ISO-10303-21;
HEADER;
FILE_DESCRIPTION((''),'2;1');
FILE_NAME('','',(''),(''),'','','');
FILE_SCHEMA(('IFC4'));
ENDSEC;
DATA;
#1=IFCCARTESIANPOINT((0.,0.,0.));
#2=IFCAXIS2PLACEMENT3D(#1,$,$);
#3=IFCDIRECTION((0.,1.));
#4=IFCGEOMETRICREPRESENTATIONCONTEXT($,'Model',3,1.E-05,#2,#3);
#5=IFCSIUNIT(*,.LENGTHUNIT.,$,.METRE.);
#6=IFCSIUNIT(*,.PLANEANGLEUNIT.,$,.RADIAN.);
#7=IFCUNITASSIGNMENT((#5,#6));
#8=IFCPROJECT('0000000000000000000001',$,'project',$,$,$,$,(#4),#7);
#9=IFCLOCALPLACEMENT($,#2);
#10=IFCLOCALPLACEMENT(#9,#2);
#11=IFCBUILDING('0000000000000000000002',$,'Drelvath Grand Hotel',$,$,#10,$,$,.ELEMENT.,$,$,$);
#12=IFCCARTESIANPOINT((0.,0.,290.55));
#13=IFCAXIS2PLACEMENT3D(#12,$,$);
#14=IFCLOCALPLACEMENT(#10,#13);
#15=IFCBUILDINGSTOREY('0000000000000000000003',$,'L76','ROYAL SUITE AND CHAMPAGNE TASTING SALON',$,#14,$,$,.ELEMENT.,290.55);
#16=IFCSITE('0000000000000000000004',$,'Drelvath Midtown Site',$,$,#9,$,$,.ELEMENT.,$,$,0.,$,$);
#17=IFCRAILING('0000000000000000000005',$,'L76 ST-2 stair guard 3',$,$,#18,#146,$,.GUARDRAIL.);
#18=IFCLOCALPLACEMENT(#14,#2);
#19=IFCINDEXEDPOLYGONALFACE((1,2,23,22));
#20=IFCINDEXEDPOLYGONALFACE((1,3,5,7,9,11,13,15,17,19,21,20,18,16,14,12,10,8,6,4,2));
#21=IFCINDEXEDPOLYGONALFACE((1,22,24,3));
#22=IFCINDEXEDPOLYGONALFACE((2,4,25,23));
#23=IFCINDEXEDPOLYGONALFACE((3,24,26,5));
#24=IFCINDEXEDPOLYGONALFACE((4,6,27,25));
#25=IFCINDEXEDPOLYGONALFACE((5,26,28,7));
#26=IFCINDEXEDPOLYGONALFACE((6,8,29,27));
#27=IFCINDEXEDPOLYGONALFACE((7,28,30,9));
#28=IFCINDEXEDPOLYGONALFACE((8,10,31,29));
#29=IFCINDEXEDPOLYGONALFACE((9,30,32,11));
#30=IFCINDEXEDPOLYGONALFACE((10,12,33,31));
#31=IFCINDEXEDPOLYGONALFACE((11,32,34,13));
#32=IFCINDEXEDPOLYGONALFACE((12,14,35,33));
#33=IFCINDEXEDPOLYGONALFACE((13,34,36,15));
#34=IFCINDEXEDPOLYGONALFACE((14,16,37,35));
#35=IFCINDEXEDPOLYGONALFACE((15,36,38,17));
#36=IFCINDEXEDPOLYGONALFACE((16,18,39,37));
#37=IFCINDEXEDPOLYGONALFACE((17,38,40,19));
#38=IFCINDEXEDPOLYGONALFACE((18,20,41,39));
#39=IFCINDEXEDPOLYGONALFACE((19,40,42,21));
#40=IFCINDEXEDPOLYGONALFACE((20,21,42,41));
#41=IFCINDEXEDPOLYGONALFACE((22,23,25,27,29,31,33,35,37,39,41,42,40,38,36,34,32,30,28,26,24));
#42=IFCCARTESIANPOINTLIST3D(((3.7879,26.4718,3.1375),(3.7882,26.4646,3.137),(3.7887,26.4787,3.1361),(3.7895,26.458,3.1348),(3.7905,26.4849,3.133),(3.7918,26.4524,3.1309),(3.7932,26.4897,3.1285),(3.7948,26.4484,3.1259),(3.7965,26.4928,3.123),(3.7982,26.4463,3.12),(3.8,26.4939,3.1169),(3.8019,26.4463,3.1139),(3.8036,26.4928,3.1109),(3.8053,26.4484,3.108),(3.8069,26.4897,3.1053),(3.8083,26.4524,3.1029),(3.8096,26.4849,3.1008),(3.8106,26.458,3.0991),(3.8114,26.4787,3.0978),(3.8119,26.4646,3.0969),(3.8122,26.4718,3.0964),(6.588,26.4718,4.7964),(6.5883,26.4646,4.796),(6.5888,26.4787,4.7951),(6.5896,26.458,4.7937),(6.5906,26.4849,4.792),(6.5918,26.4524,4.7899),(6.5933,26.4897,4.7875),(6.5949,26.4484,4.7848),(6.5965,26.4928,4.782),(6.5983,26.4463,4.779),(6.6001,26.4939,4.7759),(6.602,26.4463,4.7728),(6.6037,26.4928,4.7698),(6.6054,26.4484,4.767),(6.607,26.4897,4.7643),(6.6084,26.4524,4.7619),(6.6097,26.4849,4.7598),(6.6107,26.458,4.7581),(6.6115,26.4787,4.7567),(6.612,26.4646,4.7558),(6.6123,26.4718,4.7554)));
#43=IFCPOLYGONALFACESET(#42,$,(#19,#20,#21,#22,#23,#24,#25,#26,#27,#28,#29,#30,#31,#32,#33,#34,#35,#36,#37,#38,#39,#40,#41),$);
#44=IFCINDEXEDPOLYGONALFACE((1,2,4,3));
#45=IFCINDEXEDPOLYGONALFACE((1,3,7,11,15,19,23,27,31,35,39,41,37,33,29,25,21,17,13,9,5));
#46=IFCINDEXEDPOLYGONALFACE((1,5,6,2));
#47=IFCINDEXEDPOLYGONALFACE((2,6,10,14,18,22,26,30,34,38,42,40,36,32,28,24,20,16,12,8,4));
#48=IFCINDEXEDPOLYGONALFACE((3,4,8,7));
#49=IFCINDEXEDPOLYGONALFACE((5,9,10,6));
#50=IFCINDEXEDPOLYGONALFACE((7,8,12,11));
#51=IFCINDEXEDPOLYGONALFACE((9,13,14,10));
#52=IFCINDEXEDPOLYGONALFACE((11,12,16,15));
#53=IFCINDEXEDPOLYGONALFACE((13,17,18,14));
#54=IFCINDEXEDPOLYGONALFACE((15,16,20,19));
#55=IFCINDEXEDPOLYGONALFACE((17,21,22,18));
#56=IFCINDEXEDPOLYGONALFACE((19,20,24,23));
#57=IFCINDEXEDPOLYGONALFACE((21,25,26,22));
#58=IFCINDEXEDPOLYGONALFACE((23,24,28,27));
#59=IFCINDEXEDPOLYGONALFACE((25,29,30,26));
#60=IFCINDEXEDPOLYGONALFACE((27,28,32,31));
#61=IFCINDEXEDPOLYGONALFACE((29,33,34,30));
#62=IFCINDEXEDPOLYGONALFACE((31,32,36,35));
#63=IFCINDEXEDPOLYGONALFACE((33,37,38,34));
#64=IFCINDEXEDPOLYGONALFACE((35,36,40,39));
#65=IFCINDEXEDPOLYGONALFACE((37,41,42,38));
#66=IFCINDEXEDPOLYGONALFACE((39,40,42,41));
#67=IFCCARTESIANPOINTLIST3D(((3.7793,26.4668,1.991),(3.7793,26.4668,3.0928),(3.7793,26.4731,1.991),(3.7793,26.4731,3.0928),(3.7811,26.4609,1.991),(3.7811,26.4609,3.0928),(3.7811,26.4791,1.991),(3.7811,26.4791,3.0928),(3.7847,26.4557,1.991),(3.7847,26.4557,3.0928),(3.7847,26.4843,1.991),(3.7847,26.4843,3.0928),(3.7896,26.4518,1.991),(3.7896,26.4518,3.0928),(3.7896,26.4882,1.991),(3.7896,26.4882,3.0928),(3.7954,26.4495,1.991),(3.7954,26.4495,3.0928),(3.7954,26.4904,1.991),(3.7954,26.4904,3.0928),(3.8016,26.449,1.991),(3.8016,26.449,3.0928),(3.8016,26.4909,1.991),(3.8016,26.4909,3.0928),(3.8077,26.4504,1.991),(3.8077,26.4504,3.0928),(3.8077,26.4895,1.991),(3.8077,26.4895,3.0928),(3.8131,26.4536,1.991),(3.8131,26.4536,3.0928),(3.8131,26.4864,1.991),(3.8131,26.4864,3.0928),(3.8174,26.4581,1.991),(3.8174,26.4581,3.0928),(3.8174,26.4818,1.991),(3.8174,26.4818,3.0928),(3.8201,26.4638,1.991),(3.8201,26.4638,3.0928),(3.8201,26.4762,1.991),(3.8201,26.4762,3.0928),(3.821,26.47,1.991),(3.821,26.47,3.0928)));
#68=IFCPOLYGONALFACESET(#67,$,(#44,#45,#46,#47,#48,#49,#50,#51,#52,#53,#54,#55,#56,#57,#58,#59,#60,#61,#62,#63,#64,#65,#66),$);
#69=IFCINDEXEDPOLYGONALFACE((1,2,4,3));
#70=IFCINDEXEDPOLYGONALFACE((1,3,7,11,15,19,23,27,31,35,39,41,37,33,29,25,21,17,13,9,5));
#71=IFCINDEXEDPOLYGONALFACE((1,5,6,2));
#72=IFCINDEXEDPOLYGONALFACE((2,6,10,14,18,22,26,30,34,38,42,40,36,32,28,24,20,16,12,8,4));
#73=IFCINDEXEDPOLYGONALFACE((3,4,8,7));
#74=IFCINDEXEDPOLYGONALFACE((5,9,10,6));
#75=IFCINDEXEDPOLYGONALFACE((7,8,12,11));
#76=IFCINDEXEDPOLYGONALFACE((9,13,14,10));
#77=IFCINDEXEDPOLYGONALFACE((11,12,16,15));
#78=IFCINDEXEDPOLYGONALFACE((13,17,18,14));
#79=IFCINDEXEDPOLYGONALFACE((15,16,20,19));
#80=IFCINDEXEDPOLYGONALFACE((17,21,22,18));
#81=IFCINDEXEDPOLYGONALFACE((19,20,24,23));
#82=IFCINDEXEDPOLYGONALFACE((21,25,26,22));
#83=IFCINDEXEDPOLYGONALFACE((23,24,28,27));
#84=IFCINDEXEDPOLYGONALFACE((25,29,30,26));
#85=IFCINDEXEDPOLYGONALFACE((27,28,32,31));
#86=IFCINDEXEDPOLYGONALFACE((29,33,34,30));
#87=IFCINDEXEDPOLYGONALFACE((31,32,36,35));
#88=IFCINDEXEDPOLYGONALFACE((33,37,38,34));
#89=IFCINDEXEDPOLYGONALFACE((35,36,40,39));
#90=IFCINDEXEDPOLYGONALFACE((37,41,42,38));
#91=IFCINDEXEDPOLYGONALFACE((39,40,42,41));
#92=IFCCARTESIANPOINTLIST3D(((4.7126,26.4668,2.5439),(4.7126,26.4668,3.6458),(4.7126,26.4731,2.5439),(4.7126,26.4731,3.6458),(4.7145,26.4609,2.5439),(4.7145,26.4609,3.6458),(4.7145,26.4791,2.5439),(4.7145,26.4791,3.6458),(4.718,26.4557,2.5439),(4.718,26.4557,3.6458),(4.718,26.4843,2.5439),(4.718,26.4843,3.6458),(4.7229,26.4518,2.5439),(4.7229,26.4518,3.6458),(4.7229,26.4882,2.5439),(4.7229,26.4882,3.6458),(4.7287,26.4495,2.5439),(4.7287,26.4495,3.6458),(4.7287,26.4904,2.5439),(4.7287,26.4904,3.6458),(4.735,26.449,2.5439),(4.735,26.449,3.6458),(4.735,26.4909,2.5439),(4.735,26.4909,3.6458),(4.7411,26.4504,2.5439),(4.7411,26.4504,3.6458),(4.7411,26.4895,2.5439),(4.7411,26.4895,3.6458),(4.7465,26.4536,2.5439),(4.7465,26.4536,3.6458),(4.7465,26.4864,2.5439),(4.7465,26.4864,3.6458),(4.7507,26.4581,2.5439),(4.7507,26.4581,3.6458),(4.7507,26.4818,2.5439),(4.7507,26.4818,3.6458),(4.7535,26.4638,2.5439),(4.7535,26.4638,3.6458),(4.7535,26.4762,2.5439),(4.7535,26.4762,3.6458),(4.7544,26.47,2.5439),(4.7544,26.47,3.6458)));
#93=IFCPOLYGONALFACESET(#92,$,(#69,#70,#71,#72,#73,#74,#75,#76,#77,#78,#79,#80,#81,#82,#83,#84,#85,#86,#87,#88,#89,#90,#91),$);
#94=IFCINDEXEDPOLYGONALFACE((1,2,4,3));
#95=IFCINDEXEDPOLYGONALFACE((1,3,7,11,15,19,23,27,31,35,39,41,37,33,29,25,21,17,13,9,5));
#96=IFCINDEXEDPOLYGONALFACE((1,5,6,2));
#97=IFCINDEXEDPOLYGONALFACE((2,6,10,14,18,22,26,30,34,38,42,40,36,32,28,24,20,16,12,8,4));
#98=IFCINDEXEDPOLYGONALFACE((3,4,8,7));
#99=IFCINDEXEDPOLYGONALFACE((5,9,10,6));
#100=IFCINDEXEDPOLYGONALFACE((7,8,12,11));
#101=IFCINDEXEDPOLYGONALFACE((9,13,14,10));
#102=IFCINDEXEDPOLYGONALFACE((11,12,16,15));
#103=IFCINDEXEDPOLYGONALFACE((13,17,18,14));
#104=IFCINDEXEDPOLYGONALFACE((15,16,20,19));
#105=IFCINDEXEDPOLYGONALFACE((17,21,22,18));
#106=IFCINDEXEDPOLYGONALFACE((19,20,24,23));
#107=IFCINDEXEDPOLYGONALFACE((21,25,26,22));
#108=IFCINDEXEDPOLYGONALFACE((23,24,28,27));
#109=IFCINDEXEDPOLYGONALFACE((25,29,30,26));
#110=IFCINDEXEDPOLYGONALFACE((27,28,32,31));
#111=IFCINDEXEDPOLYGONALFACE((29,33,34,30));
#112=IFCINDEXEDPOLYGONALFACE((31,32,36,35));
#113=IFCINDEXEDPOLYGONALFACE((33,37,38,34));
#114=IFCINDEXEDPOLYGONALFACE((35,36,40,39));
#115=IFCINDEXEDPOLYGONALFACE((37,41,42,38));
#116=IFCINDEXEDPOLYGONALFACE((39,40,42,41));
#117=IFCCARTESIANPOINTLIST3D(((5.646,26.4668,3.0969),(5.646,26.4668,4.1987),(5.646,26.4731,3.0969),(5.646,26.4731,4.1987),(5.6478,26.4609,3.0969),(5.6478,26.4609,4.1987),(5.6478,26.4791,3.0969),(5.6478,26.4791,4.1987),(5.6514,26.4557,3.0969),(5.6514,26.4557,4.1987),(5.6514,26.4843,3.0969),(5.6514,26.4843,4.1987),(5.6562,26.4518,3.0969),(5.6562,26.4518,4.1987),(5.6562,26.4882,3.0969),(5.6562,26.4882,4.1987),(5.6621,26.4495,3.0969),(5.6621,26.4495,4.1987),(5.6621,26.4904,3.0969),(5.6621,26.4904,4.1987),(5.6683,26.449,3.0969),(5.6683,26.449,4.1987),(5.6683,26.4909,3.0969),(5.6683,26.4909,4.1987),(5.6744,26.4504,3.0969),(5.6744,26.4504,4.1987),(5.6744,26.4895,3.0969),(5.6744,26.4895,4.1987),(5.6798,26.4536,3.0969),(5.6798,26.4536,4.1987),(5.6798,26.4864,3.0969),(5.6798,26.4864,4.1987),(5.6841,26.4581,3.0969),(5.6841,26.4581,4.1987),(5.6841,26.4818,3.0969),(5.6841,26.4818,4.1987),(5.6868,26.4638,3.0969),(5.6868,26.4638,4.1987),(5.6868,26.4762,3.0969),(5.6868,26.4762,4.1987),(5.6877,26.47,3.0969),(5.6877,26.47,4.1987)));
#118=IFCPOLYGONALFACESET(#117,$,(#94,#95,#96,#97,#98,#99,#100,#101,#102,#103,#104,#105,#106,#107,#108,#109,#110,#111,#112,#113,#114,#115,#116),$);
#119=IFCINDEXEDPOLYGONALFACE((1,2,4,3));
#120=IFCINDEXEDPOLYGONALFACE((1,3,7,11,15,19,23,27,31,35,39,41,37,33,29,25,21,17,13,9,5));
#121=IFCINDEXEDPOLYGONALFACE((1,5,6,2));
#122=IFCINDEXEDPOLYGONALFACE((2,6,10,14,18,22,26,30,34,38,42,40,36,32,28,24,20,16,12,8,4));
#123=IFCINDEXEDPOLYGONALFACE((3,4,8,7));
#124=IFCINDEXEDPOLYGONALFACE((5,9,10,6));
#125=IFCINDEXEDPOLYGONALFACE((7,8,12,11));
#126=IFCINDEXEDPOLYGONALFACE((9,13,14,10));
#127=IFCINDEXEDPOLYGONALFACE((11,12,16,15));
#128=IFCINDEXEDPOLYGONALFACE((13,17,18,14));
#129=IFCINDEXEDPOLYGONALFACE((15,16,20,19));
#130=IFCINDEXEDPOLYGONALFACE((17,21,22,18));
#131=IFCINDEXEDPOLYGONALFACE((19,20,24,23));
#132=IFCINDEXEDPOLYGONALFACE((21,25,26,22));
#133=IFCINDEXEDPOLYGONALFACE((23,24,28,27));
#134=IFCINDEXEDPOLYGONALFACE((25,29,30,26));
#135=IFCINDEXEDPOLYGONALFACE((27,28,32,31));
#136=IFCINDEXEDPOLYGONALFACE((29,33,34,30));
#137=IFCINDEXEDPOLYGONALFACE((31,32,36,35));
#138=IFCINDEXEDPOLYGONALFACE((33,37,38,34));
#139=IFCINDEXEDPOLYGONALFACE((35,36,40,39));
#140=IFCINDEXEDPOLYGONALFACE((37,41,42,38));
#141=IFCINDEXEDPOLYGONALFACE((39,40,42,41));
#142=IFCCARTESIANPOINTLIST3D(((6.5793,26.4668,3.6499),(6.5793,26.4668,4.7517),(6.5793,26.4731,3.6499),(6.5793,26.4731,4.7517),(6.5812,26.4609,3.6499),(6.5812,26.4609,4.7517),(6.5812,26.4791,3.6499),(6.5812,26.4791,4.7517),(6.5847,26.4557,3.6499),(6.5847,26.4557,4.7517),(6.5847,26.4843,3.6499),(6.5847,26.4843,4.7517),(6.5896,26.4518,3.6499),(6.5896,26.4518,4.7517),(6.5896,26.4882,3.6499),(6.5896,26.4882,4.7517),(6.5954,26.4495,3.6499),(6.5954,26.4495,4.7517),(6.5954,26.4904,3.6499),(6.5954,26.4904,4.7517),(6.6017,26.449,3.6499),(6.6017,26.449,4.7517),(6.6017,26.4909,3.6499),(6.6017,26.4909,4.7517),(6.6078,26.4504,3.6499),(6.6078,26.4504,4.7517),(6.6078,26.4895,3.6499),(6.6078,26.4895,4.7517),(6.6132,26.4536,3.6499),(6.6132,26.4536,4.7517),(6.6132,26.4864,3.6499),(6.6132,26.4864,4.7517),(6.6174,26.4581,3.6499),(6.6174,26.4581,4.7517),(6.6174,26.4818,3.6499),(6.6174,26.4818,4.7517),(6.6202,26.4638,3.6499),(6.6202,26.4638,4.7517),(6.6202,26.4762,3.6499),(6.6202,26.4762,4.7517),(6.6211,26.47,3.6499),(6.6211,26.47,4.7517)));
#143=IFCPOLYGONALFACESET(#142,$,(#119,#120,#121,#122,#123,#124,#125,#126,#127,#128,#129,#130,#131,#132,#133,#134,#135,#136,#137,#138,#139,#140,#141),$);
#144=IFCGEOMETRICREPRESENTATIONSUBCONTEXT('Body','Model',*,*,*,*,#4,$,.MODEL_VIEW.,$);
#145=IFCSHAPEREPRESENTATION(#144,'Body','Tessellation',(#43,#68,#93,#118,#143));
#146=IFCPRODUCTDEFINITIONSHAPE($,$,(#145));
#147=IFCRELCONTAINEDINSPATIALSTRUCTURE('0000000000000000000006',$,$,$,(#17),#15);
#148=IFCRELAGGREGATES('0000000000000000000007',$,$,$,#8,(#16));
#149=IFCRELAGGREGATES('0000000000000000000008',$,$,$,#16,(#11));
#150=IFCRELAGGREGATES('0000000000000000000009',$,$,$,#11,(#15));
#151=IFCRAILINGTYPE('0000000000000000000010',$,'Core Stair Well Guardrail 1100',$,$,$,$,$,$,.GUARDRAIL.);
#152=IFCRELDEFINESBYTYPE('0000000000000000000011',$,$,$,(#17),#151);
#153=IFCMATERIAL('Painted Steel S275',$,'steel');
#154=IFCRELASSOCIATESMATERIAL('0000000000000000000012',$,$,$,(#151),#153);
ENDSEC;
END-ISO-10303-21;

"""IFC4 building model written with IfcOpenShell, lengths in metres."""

from ifc_helpers import new_model, si_unit, direction, frame, origin, origin_2d, place, context, subcontext, project, spatial, circle, extrude, material, type_object, element, save


model = new_model("IFC4")

# Units and contexts
model_context = context("Model", 3, precision=1e-05, world=origin(), true_north=direction((0.0, 1.0)))
body_context = subcontext(model_context, "Body", "Model", "MODEL_VIEW")
ifc_project = project(units=[si_unit("LENGTHUNIT", "METRE"), si_unit("PLANEANGLEUNIT", "RADIAN")], contexts=[model_context])

# Site, building, storey
site_placement = place(None, origin())
site = spatial("IfcSite", under=ifc_project, at=site_placement, Name="Drelvath Midtown Site", CompositionType="ELEMENT", RefElevation=0.0)
building_placement = place(site_placement, origin())
building = spatial("IfcBuilding", under=site, at=building_placement, Name="Drelvath Grand Hotel", CompositionType="ELEMENT")
storey_placement = place(building_placement, frame((0.0, 0.0, 290.55)))
storey = spatial("IfcBuildingStorey", under=building, at=storey_placement, Name="L76", Description="ROYAL SUITE AND CHAMPAGNE TASTING SALON", CompositionType="ELEMENT", Elevation=290.55)

# Railing
ifc_material_1 = material(Name="Painted Steel S275", Category="steel")
railing_type_1 = type_object("IfcRailingType", Name="Core Stair Well Guardrail 1100", PredefinedType="GUARDRAIL", material=ifc_material_1)
railing_1_placement = place(storey_placement, frame((3.8, 26.47, 1.991)))
element("IfcRailing", 1, at=railing_1_placement, inside=storey, type_object=railing_type_1, Name="L76 ST-2 stair guard 3", PredefinedType="GUARDRAIL", context=body_context, shape_type="SweptSolid", body=[
    extrude(circle(Radius=0.0239, at=origin_2d()), frame((0.0, 0.0, 1.126), z_axis=(0.860339, 0.0, 0.509722), x_axis=(0.0, 1.0, 0.0)), (0.0, 0.0, 1.0), 3.2546),
    extrude(circle(Radius=0.021, at=origin_2d()), origin(), (0.0, 0.0, 1.0), 1.1018),
    extrude(circle(Radius=0.021, at=origin_2d()), frame((0.9333, 0.0, 0.553)), (0.0, 0.0, 1.0), 1.1018),
    extrude(circle(Radius=0.021, at=origin_2d()), frame((1.8667, 0.0, 1.106)), (0.0, 0.0, 1.0), 1.1018),
    extrude(circle(Radius=0.021, at=origin_2d()), frame((2.8, 0.0, 1.6589)), (0.0, 0.0, 1.0), 1.1018),
])

save(model, "model.ifc")
